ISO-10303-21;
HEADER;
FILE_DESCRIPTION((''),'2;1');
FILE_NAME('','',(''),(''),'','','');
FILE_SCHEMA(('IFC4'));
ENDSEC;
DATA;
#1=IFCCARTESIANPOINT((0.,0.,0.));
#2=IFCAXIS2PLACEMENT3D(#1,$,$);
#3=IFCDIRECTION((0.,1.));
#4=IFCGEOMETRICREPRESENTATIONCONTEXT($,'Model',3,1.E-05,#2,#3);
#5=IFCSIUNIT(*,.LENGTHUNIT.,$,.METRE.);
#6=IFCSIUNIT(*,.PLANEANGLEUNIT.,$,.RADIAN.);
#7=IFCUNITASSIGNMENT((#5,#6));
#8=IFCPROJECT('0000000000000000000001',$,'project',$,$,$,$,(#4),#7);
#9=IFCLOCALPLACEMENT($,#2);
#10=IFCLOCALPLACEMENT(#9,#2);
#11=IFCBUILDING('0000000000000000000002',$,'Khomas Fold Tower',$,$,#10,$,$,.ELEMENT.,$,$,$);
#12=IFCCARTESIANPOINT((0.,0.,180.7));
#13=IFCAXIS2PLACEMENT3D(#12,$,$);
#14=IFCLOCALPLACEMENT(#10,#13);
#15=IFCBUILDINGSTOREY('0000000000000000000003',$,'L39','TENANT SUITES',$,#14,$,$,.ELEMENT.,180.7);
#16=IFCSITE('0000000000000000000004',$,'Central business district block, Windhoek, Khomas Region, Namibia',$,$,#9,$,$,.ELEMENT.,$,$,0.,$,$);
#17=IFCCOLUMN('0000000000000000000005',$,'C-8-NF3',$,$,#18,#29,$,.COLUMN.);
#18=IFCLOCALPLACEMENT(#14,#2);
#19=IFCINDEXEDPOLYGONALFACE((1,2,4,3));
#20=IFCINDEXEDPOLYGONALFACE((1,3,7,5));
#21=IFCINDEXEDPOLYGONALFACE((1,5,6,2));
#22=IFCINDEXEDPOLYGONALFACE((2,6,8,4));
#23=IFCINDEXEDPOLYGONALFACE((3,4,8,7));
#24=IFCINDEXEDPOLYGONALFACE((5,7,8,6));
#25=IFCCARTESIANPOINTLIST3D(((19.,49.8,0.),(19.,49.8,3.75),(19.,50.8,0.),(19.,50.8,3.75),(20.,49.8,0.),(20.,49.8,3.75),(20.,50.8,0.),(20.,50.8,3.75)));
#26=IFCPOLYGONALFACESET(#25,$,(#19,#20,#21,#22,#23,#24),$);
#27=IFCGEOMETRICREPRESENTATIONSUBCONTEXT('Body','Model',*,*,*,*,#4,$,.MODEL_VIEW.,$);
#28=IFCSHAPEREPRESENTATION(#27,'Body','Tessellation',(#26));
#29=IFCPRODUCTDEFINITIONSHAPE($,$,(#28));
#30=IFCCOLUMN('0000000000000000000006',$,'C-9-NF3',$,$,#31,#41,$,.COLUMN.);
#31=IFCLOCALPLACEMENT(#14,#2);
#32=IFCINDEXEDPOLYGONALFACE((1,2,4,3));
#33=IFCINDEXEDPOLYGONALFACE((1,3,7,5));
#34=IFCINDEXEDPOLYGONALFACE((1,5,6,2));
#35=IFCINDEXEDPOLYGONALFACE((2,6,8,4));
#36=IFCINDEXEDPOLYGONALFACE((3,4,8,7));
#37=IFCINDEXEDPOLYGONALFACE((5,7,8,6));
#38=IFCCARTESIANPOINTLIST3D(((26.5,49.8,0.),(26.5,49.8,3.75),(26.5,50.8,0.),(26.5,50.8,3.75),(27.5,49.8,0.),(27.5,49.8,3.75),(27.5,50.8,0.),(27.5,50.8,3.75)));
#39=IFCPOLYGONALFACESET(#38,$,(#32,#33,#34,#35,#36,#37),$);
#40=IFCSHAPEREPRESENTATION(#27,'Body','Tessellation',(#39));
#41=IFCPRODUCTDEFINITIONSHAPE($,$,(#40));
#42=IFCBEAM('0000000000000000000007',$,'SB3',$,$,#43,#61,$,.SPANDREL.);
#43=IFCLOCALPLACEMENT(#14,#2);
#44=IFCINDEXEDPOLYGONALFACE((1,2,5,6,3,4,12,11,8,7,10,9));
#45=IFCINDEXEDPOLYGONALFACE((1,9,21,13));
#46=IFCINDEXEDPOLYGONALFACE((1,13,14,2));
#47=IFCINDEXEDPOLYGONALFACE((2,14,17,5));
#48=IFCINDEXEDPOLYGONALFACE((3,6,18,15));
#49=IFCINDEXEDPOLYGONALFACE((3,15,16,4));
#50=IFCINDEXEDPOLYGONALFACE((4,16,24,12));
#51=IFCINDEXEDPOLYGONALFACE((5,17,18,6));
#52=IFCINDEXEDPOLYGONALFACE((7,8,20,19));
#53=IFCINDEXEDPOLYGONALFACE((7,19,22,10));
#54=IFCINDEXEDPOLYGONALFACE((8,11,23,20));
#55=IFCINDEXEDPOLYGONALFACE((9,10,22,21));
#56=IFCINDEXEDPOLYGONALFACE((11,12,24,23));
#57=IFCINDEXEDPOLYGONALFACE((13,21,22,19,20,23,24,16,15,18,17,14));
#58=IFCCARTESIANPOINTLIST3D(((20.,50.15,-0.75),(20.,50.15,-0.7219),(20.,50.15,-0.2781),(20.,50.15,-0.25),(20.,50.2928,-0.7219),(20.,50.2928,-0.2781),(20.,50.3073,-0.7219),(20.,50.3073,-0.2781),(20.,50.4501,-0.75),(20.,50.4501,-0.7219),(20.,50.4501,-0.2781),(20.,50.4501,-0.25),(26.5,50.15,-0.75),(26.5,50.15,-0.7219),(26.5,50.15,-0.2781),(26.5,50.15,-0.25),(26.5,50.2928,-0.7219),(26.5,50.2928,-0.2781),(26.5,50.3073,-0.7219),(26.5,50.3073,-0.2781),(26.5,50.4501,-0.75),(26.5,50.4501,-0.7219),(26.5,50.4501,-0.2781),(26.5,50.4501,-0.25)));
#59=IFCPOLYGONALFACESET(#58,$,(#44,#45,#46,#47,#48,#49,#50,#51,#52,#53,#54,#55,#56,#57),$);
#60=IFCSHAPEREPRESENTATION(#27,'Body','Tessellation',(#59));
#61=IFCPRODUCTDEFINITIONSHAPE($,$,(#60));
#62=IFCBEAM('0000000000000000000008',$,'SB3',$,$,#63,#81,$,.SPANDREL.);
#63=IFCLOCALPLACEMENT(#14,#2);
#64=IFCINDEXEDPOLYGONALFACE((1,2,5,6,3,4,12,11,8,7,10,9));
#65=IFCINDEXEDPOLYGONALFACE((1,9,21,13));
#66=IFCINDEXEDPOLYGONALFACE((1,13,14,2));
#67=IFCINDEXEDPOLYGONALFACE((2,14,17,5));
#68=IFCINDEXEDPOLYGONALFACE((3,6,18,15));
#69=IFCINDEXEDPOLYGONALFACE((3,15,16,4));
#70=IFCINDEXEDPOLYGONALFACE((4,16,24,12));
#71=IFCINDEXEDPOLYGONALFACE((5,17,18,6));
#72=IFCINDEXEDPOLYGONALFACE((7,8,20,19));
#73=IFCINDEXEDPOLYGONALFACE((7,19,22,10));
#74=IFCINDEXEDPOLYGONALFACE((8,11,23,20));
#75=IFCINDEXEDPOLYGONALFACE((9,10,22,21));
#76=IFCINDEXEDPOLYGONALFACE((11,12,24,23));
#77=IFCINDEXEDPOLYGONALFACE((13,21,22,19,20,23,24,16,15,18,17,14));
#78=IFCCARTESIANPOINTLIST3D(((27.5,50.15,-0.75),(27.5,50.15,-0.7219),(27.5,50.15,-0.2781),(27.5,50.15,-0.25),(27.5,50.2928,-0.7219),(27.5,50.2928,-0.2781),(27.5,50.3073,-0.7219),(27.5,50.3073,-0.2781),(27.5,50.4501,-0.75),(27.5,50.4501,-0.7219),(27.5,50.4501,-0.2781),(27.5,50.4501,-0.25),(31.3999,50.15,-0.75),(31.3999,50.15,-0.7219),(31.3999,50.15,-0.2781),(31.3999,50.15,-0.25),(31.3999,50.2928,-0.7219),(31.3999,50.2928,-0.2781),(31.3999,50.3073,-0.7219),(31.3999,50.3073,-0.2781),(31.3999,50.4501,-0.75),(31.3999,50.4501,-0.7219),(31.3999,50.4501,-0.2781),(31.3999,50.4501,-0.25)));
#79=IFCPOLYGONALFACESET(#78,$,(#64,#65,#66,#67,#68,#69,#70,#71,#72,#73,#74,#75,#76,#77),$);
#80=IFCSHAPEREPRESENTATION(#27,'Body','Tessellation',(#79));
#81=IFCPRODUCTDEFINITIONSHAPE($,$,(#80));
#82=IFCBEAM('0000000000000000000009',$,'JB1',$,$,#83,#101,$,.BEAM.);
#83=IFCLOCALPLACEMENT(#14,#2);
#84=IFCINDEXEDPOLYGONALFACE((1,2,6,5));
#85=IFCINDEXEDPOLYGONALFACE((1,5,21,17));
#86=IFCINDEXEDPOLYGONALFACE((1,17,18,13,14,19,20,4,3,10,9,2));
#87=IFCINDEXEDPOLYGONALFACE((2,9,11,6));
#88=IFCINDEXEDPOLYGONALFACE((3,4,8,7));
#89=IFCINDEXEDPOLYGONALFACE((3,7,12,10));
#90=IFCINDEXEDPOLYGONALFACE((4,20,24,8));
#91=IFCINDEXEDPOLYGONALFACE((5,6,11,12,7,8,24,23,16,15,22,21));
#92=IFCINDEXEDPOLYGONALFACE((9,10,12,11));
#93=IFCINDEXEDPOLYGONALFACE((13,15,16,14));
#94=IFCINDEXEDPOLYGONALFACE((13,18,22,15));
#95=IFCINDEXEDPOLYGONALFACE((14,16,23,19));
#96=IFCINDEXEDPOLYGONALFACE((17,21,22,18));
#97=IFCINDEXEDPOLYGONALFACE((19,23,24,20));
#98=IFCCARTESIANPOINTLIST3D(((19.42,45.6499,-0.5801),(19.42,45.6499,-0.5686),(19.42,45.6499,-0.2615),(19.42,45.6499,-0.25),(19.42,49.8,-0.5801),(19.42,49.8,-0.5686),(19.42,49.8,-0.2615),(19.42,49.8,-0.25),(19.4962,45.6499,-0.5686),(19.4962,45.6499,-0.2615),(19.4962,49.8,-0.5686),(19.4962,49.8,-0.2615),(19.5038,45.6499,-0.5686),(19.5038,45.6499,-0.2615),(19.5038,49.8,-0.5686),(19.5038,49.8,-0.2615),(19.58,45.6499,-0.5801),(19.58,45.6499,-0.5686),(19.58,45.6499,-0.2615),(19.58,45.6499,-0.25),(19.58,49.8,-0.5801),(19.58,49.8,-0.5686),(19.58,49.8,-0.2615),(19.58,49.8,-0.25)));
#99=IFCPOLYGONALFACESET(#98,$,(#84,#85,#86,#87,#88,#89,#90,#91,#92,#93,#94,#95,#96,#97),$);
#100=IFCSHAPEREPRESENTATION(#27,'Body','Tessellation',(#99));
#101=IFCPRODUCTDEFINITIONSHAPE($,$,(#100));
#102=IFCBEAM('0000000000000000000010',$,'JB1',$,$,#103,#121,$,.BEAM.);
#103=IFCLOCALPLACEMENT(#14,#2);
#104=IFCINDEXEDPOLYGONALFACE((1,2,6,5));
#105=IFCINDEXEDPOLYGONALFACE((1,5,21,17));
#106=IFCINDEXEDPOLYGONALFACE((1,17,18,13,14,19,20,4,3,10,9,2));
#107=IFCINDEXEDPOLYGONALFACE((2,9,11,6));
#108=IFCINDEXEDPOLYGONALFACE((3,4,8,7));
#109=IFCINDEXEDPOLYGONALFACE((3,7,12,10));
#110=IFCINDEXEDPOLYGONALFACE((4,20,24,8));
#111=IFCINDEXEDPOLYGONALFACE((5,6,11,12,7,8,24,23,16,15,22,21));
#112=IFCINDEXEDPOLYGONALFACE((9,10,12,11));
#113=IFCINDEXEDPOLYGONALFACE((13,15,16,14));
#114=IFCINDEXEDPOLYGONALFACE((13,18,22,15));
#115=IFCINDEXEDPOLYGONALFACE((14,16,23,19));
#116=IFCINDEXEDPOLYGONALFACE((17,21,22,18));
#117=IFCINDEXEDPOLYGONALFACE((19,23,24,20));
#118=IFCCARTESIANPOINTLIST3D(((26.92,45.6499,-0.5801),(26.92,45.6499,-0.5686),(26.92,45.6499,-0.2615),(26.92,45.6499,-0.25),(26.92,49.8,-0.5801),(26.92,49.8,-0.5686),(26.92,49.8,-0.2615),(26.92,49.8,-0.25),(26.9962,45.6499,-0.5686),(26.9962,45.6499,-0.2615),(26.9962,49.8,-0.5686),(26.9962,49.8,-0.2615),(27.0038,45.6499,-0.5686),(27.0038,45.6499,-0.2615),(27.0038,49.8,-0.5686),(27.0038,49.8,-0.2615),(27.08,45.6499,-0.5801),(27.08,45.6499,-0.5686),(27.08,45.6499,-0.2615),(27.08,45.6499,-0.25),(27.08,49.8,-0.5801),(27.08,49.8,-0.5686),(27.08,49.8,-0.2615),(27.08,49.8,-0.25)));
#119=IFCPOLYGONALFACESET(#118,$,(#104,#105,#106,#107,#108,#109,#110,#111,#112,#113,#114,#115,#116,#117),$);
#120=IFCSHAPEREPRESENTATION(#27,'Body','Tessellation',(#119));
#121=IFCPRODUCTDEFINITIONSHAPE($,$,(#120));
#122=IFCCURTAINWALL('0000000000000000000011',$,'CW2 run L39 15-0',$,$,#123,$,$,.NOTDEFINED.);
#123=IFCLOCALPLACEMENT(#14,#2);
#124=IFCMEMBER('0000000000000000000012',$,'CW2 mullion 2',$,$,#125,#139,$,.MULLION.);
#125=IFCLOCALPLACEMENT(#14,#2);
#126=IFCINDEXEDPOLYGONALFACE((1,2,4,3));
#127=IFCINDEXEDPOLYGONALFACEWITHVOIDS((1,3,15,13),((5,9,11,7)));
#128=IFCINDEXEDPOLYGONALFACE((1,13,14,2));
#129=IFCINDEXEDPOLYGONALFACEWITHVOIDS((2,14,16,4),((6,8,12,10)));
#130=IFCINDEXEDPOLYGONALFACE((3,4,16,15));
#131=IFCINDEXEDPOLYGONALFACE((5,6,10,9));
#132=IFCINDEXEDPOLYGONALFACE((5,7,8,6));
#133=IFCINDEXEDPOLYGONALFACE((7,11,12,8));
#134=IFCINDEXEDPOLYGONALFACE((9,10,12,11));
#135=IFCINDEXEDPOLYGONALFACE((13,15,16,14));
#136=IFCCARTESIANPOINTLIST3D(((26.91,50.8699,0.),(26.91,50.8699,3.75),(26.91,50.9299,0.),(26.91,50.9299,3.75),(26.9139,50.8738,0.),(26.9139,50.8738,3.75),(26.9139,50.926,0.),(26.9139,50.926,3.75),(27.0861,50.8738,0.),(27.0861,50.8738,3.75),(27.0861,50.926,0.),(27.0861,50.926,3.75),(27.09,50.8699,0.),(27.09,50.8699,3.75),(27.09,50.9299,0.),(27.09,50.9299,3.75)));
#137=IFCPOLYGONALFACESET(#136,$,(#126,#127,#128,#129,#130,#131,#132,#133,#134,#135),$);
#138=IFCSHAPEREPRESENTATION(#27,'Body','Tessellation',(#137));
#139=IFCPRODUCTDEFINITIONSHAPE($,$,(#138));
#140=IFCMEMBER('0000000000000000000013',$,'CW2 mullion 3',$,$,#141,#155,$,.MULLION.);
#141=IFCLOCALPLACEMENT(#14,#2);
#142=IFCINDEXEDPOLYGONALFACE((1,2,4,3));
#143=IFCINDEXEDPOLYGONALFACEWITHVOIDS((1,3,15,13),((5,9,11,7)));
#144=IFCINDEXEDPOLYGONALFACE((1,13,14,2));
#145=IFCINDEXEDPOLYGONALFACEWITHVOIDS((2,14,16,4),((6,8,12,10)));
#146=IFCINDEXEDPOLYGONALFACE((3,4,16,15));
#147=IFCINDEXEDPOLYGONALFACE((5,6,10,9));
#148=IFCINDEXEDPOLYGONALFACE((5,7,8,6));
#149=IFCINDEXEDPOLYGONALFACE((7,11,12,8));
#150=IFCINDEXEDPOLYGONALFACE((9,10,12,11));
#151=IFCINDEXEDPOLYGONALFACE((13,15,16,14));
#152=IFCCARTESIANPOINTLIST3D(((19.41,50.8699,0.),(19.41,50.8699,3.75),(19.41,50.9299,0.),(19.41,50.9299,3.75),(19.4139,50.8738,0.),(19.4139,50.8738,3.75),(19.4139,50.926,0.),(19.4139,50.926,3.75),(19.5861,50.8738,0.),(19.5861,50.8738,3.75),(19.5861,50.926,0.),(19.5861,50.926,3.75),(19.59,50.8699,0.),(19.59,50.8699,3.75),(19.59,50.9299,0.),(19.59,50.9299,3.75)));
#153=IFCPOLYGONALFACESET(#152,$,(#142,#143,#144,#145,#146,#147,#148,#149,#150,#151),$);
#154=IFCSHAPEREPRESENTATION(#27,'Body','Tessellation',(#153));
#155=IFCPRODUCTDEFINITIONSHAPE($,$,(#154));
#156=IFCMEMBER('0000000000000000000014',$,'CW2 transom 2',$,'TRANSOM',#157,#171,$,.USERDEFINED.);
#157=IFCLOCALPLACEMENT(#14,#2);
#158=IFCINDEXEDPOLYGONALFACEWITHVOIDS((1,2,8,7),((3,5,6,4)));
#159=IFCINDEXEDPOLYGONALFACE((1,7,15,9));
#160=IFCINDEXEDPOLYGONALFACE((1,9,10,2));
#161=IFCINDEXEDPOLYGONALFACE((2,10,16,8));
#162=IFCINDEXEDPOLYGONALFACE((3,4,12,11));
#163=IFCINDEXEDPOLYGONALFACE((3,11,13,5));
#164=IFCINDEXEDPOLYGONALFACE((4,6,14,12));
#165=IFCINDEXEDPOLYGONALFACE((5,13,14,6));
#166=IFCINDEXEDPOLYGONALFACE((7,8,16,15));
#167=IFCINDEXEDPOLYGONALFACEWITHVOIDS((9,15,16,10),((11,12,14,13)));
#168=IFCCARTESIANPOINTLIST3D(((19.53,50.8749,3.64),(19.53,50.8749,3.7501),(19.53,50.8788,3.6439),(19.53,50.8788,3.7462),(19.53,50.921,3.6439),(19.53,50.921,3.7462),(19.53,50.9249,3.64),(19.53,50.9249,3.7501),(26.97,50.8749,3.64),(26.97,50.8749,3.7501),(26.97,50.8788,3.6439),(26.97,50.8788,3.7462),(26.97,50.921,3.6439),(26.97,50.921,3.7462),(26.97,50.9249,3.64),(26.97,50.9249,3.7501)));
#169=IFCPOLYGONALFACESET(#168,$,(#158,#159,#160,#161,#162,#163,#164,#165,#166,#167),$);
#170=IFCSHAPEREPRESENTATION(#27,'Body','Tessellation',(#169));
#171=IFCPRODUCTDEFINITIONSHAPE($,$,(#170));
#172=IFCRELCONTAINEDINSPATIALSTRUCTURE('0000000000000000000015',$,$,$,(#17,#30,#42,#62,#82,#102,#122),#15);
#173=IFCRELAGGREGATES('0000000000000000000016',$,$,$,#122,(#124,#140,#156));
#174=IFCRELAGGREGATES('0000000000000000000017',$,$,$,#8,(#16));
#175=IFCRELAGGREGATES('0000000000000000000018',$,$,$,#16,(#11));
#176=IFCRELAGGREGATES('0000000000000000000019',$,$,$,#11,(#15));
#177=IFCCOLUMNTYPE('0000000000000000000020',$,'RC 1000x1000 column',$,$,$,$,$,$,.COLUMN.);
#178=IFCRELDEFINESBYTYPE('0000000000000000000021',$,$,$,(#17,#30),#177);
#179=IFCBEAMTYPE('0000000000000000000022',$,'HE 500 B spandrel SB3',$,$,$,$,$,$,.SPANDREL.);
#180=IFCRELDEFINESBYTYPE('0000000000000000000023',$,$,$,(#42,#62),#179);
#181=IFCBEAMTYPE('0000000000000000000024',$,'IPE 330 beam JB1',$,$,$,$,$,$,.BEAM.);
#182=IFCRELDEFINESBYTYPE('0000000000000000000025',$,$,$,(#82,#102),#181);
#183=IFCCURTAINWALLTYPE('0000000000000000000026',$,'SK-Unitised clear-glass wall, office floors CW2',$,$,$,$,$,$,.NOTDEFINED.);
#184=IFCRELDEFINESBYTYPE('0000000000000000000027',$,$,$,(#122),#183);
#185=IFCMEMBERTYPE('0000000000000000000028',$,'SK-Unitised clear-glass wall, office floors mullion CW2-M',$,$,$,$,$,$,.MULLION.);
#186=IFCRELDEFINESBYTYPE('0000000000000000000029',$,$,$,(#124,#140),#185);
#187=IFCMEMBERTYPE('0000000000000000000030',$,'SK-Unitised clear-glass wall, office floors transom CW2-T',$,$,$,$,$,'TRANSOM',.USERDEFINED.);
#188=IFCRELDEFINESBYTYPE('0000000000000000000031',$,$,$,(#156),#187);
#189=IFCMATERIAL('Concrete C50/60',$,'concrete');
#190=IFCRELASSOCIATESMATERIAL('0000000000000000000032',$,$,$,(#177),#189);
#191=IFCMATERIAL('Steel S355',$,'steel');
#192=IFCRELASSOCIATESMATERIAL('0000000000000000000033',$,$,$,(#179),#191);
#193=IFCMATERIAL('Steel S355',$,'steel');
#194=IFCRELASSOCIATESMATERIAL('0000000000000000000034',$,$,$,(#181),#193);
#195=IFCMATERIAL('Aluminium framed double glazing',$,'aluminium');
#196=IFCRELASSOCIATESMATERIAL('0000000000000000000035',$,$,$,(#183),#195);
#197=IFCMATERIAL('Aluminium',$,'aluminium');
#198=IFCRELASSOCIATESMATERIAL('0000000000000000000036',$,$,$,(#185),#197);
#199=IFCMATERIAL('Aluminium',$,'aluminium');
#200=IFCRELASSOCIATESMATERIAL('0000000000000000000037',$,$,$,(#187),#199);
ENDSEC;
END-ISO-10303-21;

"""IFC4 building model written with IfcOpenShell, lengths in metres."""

from ifc_helpers import new_model, si_unit, direction, frame, origin, origin_2d, place, context, subcontext, project, spatial, rectangle, hollow_rectangle, i_section, extrude, source, transform, mapped, material, material_profile, profile_set, type_object, element, aggregate, save


model = new_model("IFC4")

# Units and contexts
model_context = context("Model", 3, precision=1e-05, world=origin(), true_north=direction((0.0, 1.0)))
body_context = subcontext(model_context, "Body", "Model", "MODEL_VIEW")
ifc_project = project(units=[si_unit("LENGTHUNIT", "METRE"), si_unit("PLANEANGLEUNIT", "RADIAN")], contexts=[model_context])

# Site, building, storey
site_placement = place(None, origin())
site = spatial("IfcSite", under=ifc_project, at=site_placement, Name="Central business district block, Windhoek, Khomas Region, Namibia", CompositionType="ELEMENT", RefElevation=0.0)
building_placement = place(site_placement, origin())
building = spatial("IfcBuilding", under=site, at=building_placement, Name="Khomas Fold Tower", CompositionType="ELEMENT")
storey_placement = place(building_placement, frame((0.0, 0.0, 180.7)))
storey = spatial("IfcBuildingStorey", under=building, at=storey_placement, Name="L39", Description="TENANT SUITES", CompositionType="ELEMENT", Elevation=180.7)

# Columns
ifc_material_1 = material(Name="Concrete C50/60", Category="concrete")
ifc_material_profile_1 = material_profile(ifc_material_1, rectangle(XDim=1.0, YDim=1.0, at=origin_2d()), Name="RC 1000x1000")
ifc_profile_set_1 = profile_set([ifc_material_profile_1], Name="Concrete C50/60")
column_type = type_object("IfcColumnType", Name="RC 1000x1000 column", PredefinedType="COLUMN", material=ifc_profile_set_1)
shared_shape_1 = source(origin(), body_context, "Body", "SweptSolid", [
    extrude(rectangle(XDim=1.0, YDim=1.0, at=origin_2d()), origin(), (0.0, 0.0, 1.0), 3.75),
])
for number, where, z_axis, x_axis, name in (
    (1, (19.5, 50.3, 0.0), (0.0, 0.0, 1.0), (1.0, 0.0, 0.0), "C-8-NF3"),
    (2, (27.0, 50.3, 0.0), (0.0, 0.0, 1.0), (1.0, 0.0, 0.0), "C-9-NF3"),
):
    element("IfcColumn", number, at=place(storey_placement, frame(where, z_axis=z_axis, x_axis=x_axis)), inside=storey, type_object=column_type, Name=name, PredefinedType="COLUMN", context=body_context, shape_type="MappedRepresentation", body=[
        mapped(shared_shape_1, transform((0.0, 0.0, 0.0))),
    ])

# Beams
ifc_material_2 = material(Name="Steel S355", Category="steel")
ifc_material_profile_2 = material_profile(ifc_material_2, i_section(OverallWidth=0.3, OverallDepth=0.5, WebThickness=0.0144, FlangeThickness=0.0281, at=origin_2d()), Name="HE 500 B")
ifc_profile_set_2 = profile_set([ifc_material_profile_2], Name="Steel S355")
beam_type_1 = type_object("IfcBeamType", Name="HE 500 B spandrel SB3", PredefinedType="SPANDREL", material=ifc_profile_set_2)
shared_shape_2 = source(origin(), body_context, "Body", "SweptSolid", [
    extrude(i_section(OverallWidth=0.3, OverallDepth=0.5, WebThickness=0.0144, FlangeThickness=0.0281, at=origin_2d()), origin(), (0.0, 0.0, 1.0), 6.5),
])
beam_1_placement = place(storey_placement, frame((20.0, 50.3, -0.5), z_axis=(1.0, 0.0, 0.0), x_axis=(0.0, 1.0, 0.0)))
element("IfcBeam", 3, at=beam_1_placement, inside=storey, type_object=beam_type_1, Name="SB3", PredefinedType="SPANDREL", context=body_context, shape_type="MappedRepresentation", body=[
    mapped(shared_shape_2, transform((0.0, 0.0, 0.0))),
])
shared_shape_3 = source(origin(), body_context, "Body", "SweptSolid", [
    extrude(i_section(OverallWidth=0.3, OverallDepth=0.5, WebThickness=0.0144, FlangeThickness=0.0281, at=origin_2d()), origin(), (0.0, 0.0, 1.0), 3.8999),
])
beam_2_placement = place(storey_placement, frame((27.5, 50.3, -0.5), z_axis=(1.0, 0.0, 0.0), x_axis=(0.0, 1.0, 0.0)))
element("IfcBeam", 4, at=beam_2_placement, inside=storey, type_object=beam_type_1, Name="SB3", PredefinedType="SPANDREL", context=body_context, shape_type="MappedRepresentation", body=[
    mapped(shared_shape_3, transform((0.0, 0.0, 0.0))),
])
ifc_material_3 = material(Name="Steel S355", Category="steel")
ifc_material_profile_3 = material_profile(ifc_material_3, i_section(OverallWidth=0.1599, OverallDepth=0.3301, WebThickness=0.0076, FlangeThickness=0.0115, at=origin_2d()), Name="IPE 330")
ifc_profile_set_3 = profile_set([ifc_material_profile_3], Name="Steel S355")
beam_type_2 = type_object("IfcBeamType", Name="IPE 330 beam JB1", PredefinedType="BEAM", material=ifc_profile_set_3)
shared_shape_4 = source(origin(), body_context, "Body", "SweptSolid", [
    extrude(i_section(OverallWidth=0.1599, OverallDepth=0.3301, WebThickness=0.0076, FlangeThickness=0.0115, at=origin_2d()), origin(), (0.0, 0.0, 1.0), 4.1501),
])
for number, where, z_axis, x_axis, name in (
    (5, (19.5, 45.6499, -0.415), (0.0, 1.0, 0.0), (-1.0, 0.0, 0.0), "JB1"),
    (6, (27.0, 45.6499, -0.415), (0.0, 1.0, 0.0), (-1.0, 0.0, 0.0), "JB1"),
):
    element("IfcBeam", number, at=place(storey_placement, frame(where, z_axis=z_axis, x_axis=x_axis)), inside=storey, type_object=beam_type_2, Name=name, PredefinedType="BEAM", context=body_context, shape_type="MappedRepresentation", body=[
        mapped(shared_shape_4, transform((0.0, 0.0, 0.0))),
    ])

# Curtain wall, members
ifc_material_4 = material(Name="Aluminium framed double glazing", Category="aluminium")
curtain_wall_type = type_object("IfcCurtainWallType", Name="SK-Unitised clear-glass wall, office floors CW2", PredefinedType="NOTDEFINED", material=ifc_material_4)
curtain_wall_placement = place(storey_placement, origin())
curtain_wall = element("IfcCurtainWall", 7, at=curtain_wall_placement, inside=storey, type_object=curtain_wall_type, Name="CW2 run L39 15-0", PredefinedType="NOTDEFINED")
ifc_material_5 = material(Name="Aluminium", Category="aluminium")
ifc_material_profile_4 = material_profile(ifc_material_5, hollow_rectangle(XDim=0.0601, YDim=0.1799, WallThickness=0.0039, at=origin_2d()), Name="SK-Unitised clear-glass wall, office floors mullion CW2-M")
ifc_profile_set_4 = profile_set([ifc_material_profile_4], Name="Aluminium")
member_type_1 = type_object("IfcMemberType", Name="SK-Unitised clear-glass wall, office floors mullion CW2-M", PredefinedType="MULLION", material=ifc_profile_set_4)
shared_shape_5 = source(origin(), body_context, "Body", "SweptSolid", [
    extrude(hollow_rectangle(XDim=0.0601, YDim=0.1799, WallThickness=0.0039, at=origin_2d()), origin(), (0.0, 0.0, 1.0), 3.75),
])
member_1_placement = place(storey_placement, frame((27.0, 50.8999, 0.0), z_axis=(0.0, 0.0, 1.0), x_axis=(0.0, -1.0, 0.0)))
member_1 = element("IfcMember", 8, at=member_1_placement, type_object=member_type_1, Name="CW2 mullion 2", PredefinedType="MULLION", context=body_context, shape_type="MappedRepresentation", body=[
    mapped(shared_shape_5, transform((0.0, 0.0, 0.0))),
])
member_2_placement = place(storey_placement, frame((19.5, 50.8999, 0.0), z_axis=(0.0, 0.0, 1.0), x_axis=(0.0, -1.0, 0.0)))
member_2 = element("IfcMember", 9, at=member_2_placement, type_object=member_type_1, Name="CW2 mullion 3", PredefinedType="MULLION", context=body_context, shape_type="MappedRepresentation", body=[
    mapped(shared_shape_5, transform((0.0, 0.0, 0.0))),
])
ifc_material_6 = material(Name="Aluminium", Category="aluminium")
ifc_material_profile_5 = material_profile(ifc_material_6, hollow_rectangle(XDim=0.05, YDim=0.1101, WallThickness=0.0039, at=origin_2d()), Name="SK-Unitised clear-glass wall, office floors transom CW2-T")
ifc_profile_set_5 = profile_set([ifc_material_profile_5], Name="Aluminium")
member_type_2 = type_object("IfcMemberType", Name="SK-Unitised clear-glass wall, office floors transom CW2-T", ElementType="TRANSOM", PredefinedType="USERDEFINED", material=ifc_profile_set_5)
shared_shape_6 = source(origin(), body_context, "Body", "SweptSolid", [
    extrude(hollow_rectangle(XDim=0.05, YDim=0.1101, WallThickness=0.0039, at=origin_2d()), origin(), (0.0, 0.0, 1.0), 7.4399),
])
member_3_placement = place(storey_placement, frame((26.97, 50.8999, 3.6951), z_axis=(-1.0, 0.0, 0.0), x_axis=(0.0, -1.0, 0.0)))
member_3 = element("IfcMember", 10, at=member_3_placement, type_object=member_type_2, Name="CW2 transom 2", ObjectType="TRANSOM", PredefinedType="USERDEFINED", context=body_context, shape_type="MappedRepresentation", body=[
    mapped(shared_shape_6, transform((0.0, 0.0, 0.0))),
])
aggregate(curtain_wall, [member_1, member_2, member_3])

save(model, "model.ifc")
